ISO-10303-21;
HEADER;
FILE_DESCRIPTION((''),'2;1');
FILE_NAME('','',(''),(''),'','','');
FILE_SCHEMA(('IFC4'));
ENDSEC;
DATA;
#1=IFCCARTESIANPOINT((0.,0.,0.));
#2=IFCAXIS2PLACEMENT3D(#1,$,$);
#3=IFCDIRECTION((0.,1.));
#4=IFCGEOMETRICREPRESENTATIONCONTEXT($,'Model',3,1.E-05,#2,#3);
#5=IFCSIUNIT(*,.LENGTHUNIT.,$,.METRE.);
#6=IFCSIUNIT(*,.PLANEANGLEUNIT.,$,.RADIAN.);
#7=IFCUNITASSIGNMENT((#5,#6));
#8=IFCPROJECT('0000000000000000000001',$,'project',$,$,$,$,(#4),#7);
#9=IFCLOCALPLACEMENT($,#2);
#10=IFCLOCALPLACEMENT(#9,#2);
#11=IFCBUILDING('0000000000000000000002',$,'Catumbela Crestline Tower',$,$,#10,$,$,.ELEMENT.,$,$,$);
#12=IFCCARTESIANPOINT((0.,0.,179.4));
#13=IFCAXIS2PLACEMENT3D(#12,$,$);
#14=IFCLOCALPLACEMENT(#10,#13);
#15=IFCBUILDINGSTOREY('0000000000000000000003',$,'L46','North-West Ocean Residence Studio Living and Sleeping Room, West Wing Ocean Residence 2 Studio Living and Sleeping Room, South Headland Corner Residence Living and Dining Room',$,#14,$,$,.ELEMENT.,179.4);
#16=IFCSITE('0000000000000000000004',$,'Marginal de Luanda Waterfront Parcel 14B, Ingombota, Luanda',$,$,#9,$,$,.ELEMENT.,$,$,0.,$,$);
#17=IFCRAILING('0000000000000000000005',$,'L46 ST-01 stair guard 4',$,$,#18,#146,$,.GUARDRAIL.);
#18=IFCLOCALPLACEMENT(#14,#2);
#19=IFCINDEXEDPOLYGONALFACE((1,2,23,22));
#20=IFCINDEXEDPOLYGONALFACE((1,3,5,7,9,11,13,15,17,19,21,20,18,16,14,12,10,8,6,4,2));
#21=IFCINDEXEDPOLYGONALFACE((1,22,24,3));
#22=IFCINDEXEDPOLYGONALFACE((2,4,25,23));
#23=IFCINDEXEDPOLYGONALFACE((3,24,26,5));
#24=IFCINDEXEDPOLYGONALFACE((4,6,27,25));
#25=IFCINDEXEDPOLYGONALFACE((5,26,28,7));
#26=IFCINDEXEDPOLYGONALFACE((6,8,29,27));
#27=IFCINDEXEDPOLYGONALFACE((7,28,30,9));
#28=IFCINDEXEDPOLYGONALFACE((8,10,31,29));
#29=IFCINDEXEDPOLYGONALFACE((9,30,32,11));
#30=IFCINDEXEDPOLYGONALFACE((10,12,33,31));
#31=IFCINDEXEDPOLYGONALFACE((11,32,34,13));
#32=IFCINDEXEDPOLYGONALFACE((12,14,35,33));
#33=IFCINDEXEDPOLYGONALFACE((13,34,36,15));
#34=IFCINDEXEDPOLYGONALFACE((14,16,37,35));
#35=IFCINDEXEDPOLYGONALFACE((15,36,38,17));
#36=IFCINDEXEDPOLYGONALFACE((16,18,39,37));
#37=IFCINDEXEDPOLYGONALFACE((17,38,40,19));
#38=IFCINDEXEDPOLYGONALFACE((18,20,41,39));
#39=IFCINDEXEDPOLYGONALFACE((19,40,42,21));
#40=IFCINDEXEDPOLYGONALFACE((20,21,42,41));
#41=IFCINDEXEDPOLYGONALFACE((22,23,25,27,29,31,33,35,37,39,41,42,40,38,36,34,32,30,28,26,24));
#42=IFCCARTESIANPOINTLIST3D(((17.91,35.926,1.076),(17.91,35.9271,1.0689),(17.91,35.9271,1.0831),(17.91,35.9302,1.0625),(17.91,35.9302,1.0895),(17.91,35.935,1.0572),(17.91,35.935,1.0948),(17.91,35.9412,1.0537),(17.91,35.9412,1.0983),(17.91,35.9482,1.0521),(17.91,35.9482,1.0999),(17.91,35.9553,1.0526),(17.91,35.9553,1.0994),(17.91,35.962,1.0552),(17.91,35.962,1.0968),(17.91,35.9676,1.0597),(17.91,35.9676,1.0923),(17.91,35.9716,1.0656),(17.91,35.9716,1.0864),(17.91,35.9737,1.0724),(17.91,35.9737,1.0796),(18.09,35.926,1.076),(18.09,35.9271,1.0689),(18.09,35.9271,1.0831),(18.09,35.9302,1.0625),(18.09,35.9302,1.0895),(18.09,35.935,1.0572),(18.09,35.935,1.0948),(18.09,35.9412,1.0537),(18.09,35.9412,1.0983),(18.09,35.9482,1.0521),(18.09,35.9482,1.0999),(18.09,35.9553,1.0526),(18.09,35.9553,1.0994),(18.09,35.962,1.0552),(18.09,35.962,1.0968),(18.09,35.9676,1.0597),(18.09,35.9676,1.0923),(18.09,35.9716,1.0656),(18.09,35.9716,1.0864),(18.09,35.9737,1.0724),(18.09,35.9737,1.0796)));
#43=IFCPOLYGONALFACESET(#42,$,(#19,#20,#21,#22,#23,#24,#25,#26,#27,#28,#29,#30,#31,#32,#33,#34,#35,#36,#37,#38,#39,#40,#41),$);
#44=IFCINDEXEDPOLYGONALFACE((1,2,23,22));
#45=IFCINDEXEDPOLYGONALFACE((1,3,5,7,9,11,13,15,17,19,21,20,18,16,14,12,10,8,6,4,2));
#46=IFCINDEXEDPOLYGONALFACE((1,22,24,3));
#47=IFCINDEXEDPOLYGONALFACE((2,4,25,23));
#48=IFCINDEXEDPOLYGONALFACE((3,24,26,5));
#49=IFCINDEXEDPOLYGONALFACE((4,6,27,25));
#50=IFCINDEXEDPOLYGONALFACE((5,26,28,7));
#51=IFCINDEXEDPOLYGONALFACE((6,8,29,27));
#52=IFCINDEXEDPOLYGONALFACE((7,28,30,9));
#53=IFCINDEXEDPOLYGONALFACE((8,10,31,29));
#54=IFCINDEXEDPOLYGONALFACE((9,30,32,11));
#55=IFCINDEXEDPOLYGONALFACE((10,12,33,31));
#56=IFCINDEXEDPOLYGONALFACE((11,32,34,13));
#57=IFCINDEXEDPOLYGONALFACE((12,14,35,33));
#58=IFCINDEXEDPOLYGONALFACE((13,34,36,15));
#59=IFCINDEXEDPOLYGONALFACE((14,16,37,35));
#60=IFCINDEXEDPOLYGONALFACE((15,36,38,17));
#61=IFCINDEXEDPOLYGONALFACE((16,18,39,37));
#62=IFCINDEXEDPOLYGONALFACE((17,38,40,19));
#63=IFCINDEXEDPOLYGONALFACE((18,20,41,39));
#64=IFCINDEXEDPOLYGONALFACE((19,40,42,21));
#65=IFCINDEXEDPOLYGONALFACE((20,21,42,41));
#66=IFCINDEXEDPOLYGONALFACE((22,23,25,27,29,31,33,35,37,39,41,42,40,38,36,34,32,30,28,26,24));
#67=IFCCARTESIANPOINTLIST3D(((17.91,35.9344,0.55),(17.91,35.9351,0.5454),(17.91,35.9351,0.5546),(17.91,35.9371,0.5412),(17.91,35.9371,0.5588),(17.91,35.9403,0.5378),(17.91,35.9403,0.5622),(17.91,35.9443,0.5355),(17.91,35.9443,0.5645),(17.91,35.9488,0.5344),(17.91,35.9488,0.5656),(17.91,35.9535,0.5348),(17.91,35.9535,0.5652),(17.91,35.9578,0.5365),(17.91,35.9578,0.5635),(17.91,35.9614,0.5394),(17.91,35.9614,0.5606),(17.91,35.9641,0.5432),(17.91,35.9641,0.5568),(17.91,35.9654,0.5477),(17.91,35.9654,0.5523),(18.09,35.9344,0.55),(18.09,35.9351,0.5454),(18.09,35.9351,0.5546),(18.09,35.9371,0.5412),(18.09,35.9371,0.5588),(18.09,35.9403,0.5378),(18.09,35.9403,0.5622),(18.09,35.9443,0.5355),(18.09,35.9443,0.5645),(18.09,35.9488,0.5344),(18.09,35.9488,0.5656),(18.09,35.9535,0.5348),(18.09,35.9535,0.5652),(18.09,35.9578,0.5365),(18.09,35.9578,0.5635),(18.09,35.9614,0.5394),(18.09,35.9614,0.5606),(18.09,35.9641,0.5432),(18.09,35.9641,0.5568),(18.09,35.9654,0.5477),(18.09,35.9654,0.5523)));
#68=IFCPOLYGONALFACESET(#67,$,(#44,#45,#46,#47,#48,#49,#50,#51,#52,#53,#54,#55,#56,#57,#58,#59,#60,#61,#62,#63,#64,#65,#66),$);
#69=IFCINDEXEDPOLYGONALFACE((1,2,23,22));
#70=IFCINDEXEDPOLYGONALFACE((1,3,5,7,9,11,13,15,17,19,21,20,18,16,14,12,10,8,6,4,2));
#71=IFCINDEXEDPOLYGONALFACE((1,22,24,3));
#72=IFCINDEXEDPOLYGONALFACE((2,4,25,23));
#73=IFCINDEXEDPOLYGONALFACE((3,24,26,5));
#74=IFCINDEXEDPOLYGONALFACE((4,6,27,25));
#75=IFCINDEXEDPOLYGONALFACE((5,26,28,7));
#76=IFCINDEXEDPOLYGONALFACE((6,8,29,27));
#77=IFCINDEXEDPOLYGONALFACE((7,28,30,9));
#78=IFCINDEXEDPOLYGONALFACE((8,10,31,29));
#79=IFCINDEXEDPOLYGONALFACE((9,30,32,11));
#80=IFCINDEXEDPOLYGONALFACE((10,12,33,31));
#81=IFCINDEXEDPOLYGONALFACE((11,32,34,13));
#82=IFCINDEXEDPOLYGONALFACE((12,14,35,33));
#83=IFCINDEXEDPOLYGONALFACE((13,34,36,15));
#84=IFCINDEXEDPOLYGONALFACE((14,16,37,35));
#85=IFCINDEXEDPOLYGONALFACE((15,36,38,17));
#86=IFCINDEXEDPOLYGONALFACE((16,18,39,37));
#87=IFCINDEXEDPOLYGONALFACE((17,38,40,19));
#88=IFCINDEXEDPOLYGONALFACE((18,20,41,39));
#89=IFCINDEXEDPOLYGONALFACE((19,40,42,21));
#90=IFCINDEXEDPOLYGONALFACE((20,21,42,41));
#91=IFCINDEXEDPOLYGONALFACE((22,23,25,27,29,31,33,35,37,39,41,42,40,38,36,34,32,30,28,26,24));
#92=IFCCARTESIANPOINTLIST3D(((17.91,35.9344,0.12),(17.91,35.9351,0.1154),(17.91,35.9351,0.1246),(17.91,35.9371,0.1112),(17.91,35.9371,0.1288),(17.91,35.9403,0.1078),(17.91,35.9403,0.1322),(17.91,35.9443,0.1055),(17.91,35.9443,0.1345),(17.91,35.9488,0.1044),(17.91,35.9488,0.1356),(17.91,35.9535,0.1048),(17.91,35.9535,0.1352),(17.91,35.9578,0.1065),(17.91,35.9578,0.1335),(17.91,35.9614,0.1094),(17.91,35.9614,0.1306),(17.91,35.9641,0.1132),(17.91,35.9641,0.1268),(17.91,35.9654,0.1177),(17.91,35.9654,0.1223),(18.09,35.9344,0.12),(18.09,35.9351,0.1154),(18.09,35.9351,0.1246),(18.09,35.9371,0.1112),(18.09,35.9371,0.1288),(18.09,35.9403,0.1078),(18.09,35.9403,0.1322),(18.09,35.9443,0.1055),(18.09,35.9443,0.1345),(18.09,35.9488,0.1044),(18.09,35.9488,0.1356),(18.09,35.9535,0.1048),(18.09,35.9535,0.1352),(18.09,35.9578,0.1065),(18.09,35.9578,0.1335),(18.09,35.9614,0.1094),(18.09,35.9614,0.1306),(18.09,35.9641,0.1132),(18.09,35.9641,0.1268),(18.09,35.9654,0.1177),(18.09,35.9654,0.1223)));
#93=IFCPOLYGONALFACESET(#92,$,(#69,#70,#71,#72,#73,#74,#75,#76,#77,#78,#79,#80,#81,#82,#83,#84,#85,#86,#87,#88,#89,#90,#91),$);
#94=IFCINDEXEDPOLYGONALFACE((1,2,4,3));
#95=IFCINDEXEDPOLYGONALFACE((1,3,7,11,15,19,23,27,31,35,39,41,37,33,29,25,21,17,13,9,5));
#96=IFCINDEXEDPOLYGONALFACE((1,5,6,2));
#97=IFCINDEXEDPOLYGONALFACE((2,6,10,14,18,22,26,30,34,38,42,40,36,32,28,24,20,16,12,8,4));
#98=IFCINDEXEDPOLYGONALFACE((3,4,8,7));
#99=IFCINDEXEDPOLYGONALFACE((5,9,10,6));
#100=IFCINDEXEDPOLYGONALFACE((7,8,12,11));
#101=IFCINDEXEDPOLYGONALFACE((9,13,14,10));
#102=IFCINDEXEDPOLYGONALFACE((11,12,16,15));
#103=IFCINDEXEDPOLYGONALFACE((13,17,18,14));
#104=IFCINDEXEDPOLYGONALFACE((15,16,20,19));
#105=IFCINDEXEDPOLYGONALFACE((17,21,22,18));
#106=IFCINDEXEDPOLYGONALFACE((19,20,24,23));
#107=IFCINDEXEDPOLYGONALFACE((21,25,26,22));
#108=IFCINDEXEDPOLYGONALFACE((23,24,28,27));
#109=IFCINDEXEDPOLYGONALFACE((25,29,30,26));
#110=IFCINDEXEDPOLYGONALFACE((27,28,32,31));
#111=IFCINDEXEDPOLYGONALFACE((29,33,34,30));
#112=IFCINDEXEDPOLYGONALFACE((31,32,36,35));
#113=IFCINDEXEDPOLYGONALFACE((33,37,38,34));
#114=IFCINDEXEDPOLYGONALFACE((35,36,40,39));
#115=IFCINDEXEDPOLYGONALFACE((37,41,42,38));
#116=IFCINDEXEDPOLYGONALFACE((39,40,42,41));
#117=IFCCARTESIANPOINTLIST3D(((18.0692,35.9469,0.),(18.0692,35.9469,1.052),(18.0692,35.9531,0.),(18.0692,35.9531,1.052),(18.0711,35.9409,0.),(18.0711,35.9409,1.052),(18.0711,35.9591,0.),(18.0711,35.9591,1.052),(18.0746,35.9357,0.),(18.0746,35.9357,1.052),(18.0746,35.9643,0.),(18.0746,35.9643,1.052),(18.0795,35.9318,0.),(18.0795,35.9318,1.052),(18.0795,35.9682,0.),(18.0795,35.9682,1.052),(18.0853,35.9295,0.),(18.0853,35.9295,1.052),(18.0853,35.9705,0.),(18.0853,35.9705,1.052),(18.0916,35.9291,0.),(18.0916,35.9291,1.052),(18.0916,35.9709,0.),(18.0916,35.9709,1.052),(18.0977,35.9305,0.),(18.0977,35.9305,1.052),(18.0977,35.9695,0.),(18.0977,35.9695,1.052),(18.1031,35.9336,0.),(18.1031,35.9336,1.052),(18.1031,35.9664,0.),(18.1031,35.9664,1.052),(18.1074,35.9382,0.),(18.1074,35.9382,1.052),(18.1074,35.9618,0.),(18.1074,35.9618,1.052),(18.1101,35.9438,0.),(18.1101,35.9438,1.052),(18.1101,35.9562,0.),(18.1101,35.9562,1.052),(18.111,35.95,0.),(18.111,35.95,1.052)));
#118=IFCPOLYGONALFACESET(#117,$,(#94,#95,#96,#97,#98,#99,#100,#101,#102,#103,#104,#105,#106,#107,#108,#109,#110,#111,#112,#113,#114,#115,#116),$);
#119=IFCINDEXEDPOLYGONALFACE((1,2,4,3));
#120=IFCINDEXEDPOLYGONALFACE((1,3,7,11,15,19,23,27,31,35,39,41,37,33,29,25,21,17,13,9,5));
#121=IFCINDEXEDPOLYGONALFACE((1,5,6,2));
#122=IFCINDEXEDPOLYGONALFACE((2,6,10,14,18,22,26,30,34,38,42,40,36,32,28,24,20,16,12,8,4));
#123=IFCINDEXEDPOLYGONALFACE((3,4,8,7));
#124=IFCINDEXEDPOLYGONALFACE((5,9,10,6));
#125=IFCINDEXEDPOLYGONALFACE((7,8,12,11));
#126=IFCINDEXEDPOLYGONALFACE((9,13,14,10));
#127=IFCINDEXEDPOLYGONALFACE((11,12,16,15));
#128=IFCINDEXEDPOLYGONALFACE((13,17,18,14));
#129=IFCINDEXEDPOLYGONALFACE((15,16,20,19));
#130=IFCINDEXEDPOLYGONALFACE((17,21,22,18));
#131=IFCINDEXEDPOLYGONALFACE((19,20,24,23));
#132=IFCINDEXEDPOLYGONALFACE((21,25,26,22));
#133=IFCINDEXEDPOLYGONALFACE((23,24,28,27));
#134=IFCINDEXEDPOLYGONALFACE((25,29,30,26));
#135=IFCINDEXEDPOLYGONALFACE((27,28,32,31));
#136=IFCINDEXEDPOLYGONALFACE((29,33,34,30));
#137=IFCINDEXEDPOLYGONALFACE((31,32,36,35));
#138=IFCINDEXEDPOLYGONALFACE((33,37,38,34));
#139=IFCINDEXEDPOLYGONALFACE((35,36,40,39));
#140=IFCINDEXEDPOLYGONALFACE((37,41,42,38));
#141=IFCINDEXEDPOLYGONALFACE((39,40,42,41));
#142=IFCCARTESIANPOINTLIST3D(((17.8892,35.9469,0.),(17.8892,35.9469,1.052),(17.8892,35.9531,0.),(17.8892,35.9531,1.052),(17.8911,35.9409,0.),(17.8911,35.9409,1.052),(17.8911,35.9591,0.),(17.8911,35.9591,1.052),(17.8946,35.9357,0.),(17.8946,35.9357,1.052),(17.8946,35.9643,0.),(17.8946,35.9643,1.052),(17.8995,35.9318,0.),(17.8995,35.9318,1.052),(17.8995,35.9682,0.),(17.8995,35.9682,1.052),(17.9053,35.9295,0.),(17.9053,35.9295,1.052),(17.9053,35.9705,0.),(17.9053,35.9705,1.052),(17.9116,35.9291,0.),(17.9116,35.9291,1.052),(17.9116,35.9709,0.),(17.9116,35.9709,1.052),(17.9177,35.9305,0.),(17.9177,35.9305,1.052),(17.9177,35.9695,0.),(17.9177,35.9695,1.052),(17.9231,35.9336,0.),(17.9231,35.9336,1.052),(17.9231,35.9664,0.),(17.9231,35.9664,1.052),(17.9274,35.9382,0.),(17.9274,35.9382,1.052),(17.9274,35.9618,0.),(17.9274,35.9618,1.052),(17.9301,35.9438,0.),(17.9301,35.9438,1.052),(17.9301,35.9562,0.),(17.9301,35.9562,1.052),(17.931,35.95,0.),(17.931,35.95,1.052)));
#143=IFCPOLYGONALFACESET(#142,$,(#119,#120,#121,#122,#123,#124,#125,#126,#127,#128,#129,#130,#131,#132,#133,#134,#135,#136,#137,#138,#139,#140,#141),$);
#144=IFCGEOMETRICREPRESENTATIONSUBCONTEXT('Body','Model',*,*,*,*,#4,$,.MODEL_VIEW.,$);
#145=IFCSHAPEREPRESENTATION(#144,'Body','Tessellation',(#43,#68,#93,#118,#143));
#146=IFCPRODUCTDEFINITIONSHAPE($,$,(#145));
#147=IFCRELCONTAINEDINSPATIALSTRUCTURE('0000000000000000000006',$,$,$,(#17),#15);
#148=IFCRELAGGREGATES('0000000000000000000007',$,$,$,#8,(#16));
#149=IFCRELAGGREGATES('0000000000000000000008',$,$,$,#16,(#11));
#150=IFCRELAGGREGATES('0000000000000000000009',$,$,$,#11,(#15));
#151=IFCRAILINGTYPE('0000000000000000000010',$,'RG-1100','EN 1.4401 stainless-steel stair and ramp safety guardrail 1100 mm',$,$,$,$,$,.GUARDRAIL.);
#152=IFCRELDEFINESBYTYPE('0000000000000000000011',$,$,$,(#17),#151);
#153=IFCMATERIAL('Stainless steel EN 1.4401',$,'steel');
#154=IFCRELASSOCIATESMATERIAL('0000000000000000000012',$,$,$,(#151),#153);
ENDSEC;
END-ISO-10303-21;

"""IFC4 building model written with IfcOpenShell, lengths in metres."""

from ifc_helpers import new_model, si_unit, direction, frame, origin, origin_2d, place, context, subcontext, project, spatial, circle, extrude, material, type_object, element, save


model = new_model("IFC4")

# Units and contexts
model_context = context("Model", 3, precision=1e-05, world=origin(), true_north=direction((0.0, 1.0)))
body_context = subcontext(model_context, "Body", "Model", "MODEL_VIEW")
ifc_project = project(units=[si_unit("LENGTHUNIT", "METRE"), si_unit("PLANEANGLEUNIT", "RADIAN")], contexts=[model_context])

# Site, building, storey
site_placement = place(None, origin())
site = spatial("IfcSite", under=ifc_project, at=site_placement, Name="Marginal de Luanda Waterfront Parcel 14B, Ingombota, Luanda", CompositionType="ELEMENT", RefElevation=0.0)
building_placement = place(site_placement, origin())
building = spatial("IfcBuilding", under=site, at=building_placement, Name="Catumbela Crestline Tower", CompositionType="ELEMENT")
storey_placement = place(building_placement, frame((0.0, 0.0, 179.4)))
storey = spatial("IfcBuildingStorey", under=building, at=storey_placement, Name="L46", Description="North-West Ocean Residence Studio Living and Sleeping Room, West Wing Ocean Residence 2 Studio Living and Sleeping Room, South Headland Corner Residence Living and Dining Room", CompositionType="ELEMENT", Elevation=179.4)

# Shared definitions
ifc_material_1 = material(Name="Stainless steel EN 1.4401", Category="steel")

# Railing
railing_type_1 = type_object("IfcRailingType", Name="RG-1100", Description="EN 1.4401 stainless-steel stair and ramp safety guardrail 1100 mm", PredefinedType="GUARDRAIL", material=ifc_material_1)
railing_1_placement = place(storey_placement, frame((18.09, 35.95, 0.0)))
element("IfcRailing", 1, at=railing_1_placement, inside=storey, type_object=railing_type_1, Name="L46 ST-01 stair guard 4", PredefinedType="GUARDRAIL", context=body_context, shape_type="SweptSolid", body=[
    extrude(circle(Radius=0.024, at=origin_2d()), frame((0.0, 0.0, 1.076), z_axis=(-1.0, 0.0, 0.0), x_axis=(0.0, -1.0, 0.0)), (0.0, 0.0, 1.0), 0.18),
    extrude(circle(Radius=0.0156, at=origin_2d()), frame((0.0, 0.0, 0.55), z_axis=(-1.0, 0.0, 0.0), x_axis=(0.0, -1.0, 0.0)), (0.0, 0.0, 1.0), 0.18),
    extrude(circle(Radius=0.0156, at=origin_2d()), frame((0.0, 0.0, 0.12), z_axis=(-1.0, 0.0, 0.0), x_axis=(0.0, -1.0, 0.0)), (0.0, 0.0, 1.0), 0.18),
    extrude(circle(Radius=0.021, at=origin_2d()), origin(), (0.0, 0.0, 1.0), 1.052),
    extrude(circle(Radius=0.021, at=origin_2d()), frame((-0.18, 0.0, 0.0)), (0.0, 0.0, 1.0), 1.052),
])

save(model, "model.ifc")
